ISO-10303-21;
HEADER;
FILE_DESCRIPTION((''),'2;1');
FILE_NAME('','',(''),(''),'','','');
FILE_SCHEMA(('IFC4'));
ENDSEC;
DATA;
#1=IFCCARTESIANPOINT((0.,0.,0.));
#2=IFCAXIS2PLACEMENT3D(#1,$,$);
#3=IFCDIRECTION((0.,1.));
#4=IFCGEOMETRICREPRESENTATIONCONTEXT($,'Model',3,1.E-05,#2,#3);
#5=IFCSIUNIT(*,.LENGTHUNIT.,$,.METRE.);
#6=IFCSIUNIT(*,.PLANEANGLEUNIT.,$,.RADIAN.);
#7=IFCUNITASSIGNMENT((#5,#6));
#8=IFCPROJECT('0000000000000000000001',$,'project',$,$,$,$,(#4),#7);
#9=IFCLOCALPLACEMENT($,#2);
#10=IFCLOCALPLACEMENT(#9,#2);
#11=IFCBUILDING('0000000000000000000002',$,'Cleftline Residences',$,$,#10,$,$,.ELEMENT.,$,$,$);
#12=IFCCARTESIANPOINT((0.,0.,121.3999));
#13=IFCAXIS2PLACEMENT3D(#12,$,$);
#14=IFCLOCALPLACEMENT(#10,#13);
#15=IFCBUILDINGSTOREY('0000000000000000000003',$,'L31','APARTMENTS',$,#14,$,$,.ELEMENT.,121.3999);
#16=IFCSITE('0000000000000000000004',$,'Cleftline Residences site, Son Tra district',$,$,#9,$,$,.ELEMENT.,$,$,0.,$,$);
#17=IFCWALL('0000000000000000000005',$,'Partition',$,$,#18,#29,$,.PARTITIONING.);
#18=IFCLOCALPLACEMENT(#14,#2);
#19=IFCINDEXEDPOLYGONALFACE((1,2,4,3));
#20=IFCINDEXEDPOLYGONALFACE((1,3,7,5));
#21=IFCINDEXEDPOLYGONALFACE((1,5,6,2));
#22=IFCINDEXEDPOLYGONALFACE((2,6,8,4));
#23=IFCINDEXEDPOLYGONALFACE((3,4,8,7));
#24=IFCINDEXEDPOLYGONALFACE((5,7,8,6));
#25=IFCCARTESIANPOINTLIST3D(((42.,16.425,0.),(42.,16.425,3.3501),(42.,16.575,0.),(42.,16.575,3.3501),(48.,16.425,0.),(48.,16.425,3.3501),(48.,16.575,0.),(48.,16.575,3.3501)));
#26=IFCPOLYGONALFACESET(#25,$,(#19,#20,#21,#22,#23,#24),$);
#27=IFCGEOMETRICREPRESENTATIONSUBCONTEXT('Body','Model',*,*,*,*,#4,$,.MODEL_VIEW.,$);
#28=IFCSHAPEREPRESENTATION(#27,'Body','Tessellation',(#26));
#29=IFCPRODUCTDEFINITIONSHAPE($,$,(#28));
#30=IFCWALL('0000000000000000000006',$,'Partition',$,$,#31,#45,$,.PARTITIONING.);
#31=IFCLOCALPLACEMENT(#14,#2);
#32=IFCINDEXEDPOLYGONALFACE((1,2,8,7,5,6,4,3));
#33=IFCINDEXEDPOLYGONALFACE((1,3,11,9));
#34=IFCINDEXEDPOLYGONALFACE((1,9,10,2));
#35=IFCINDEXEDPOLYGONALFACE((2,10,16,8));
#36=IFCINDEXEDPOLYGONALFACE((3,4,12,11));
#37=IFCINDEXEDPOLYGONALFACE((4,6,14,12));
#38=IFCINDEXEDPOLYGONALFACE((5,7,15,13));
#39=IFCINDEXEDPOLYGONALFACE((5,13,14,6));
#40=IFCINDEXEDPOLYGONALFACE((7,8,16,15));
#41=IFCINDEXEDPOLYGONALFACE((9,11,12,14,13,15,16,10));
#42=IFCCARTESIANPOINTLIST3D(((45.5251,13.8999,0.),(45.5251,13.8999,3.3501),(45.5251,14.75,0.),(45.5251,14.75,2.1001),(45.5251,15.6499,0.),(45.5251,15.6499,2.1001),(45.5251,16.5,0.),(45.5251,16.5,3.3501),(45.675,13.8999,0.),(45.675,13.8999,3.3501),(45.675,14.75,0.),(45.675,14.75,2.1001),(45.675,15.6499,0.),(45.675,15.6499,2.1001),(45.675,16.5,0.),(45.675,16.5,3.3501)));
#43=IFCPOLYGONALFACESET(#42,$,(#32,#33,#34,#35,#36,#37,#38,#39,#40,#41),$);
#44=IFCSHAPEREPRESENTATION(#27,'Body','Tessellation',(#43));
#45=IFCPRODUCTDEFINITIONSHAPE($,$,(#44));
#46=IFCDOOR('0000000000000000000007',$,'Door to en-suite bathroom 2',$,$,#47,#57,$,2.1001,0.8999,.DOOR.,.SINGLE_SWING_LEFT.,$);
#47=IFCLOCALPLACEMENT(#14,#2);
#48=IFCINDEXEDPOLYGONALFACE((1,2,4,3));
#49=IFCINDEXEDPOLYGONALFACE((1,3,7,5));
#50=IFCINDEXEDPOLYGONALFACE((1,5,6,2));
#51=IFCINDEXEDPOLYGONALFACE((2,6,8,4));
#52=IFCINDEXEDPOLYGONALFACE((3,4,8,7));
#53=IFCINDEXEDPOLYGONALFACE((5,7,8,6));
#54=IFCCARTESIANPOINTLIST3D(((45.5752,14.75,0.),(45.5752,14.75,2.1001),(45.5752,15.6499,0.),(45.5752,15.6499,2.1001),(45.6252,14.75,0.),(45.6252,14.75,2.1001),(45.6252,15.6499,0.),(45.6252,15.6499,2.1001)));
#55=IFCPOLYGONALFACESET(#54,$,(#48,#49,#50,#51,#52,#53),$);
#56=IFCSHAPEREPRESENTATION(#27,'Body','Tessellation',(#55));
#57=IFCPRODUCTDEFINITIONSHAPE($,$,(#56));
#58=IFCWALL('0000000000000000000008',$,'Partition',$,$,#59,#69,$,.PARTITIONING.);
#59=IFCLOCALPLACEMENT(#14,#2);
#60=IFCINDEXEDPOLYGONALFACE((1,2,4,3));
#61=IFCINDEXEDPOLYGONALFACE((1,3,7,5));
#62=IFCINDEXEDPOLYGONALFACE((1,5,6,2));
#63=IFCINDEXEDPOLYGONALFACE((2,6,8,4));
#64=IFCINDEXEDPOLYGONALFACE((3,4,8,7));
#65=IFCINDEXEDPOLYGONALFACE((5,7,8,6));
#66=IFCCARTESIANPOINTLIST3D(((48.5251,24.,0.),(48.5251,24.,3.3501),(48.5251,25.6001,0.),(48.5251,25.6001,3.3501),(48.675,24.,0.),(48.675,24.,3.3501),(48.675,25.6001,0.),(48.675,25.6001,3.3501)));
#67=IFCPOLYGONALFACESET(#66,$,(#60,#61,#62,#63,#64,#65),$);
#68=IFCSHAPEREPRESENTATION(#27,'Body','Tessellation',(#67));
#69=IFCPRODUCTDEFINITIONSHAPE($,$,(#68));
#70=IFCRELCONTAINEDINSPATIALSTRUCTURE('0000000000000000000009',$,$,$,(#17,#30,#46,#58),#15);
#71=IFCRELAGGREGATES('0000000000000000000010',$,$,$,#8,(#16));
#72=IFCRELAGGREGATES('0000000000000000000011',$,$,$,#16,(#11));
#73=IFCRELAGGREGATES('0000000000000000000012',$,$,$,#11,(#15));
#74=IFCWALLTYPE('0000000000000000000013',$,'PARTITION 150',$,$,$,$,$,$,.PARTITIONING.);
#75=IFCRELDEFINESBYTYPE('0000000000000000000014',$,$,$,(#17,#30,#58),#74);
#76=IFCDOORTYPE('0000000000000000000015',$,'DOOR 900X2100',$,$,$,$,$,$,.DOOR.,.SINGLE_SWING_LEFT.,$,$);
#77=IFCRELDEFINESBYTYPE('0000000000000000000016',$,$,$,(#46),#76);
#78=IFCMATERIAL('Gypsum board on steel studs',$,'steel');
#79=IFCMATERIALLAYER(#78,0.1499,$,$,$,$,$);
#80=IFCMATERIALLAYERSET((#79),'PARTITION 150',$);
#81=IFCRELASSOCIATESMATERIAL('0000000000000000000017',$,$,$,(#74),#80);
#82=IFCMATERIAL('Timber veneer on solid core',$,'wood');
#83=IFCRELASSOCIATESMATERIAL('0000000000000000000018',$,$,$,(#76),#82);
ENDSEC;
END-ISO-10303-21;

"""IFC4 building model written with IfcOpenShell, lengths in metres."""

from ifc_helpers import new_model, si_unit, direction, frame, frame_2d, origin, place, context, subcontext, project, spatial, rectangle, extrude, material, layer, layer_set, type_object, element, fill, save


model = new_model("IFC4")

# Units and contexts
model_context = context("Model", 3, precision=1e-05, world=origin(), true_north=direction((0.0, 1.0)))
body_context = subcontext(model_context, "Body", "Model", "MODEL_VIEW")
ifc_project = project(units=[si_unit("LENGTHUNIT", "METRE"), si_unit("PLANEANGLEUNIT", "RADIAN")], contexts=[model_context])

# Site, building, storey
site_placement = place(None, origin())
site = spatial("IfcSite", under=ifc_project, at=site_placement, Name="Cleftline Residences site, Son Tra district", CompositionType="ELEMENT", RefElevation=0.0)
building_placement = place(site_placement, origin())
building = spatial("IfcBuilding", under=site, at=building_placement, Name="Cleftline Residences", CompositionType="ELEMENT")
storey_placement = place(building_placement, frame((0.0, 0.0, 121.3999)))
storey = spatial("IfcBuildingStorey", under=building, at=storey_placement, Name="L31", Description="APARTMENTS", CompositionType="ELEMENT", Elevation=121.3999)

# Wall
ifc_material_1 = material(Name="Gypsum board on steel studs", Category="steel")
ifc_layer_1 = layer(ifc_material_1, 0.1499)
ifc_layer_set_1 = layer_set([ifc_layer_1], Name="PARTITION 150")
wall_type_1 = type_object("IfcWallType", Name="PARTITION 150", PredefinedType="PARTITIONING", material=ifc_layer_set_1)
wall_1_placement = place(storey_placement, frame((42.0, 16.5, 0.0), z_axis=(0.0, 0.0, 1.0), x_axis=(1.0, 0.0, 0.0)))
element("IfcWall", 1, at=wall_1_placement, inside=storey, type_object=wall_type_1, Name="Partition", PredefinedType="PARTITIONING", context=body_context, shape_type="SweptSolid", body=[
    extrude(rectangle(XDim=6.0, YDim=0.1499, at=frame_2d((3.0, 0.0))), origin(), (0.0, 0.0, 1.0), 3.3501),
])

# Wall, opening, door
wall_2_placement = place(storey_placement, frame((45.6001, 13.8999, 0.0), z_axis=(0.0, 0.0, 1.0), x_axis=(0.0, 1.0, 0.0)))
wall_2 = element("IfcWall", 2, at=wall_2_placement, inside=storey, type_object=wall_type_1, Name="Partition", PredefinedType="PARTITIONING", context=body_context, shape_type="SweptSolid", body=[
    extrude(rectangle(XDim=2.6001, YDim=0.1499, at=frame_2d((1.3, 0.0))), origin(), (0.0, 0.0, 1.0), 3.3501),
])
opening_1_placement = place(wall_2_placement, frame((0.8501, 0.0, 0.0)))
opening_1 = element("IfcOpeningElement", 3, at=opening_1_placement, cuts=wall_2, PredefinedType="OPENING", context=body_context, shape_type="SweptSolid", body=[
    extrude(rectangle(XDim=0.8999, YDim=2.1001, at=frame_2d((0.45, 1.05))), frame((0.0, 0.085, 0.0), z_axis=(0.0, -1.0, 0.0), x_axis=(1.0, 0.0, 0.0)), (0.0, 0.0, 1.0), 0.1699),
])
ifc_material_2 = material(Name="Timber veneer on solid core", Category="wood")
door_type_1 = type_object("IfcDoorType", Name="DOOR 900X2100", OperationType="SINGLE_SWING_LEFT", PredefinedType="DOOR", material=ifc_material_2)
door_1_placement = place(opening_1_placement, origin())
door_1 = element("IfcDoor", 4, at=door_1_placement, inside=storey, type_object=door_type_1, Name="Door to en-suite bathroom 2", OperationType="SINGLE_SWING_LEFT", OverallHeight=2.1001, OverallWidth=0.8999, PredefinedType="DOOR", context=body_context, shape_type="SweptSolid", body=[
    extrude(rectangle(XDim=0.8999, YDim=2.1001, at=frame_2d((0.45, 1.05))), frame((0.0, 0.0249, 0.0), z_axis=(0.0, -1.0, 0.0), x_axis=(1.0, 0.0, 0.0)), (0.0, 0.0, 1.0), 0.05),
])
fill(opening_1, door_1)

# Wall
wall_3_placement = place(storey_placement, frame((48.6001, 24.0, 0.0), z_axis=(0.0, 0.0, 1.0), x_axis=(0.0, 1.0, 0.0)))
element("IfcWall", 5, at=wall_3_placement, inside=storey, type_object=wall_type_1, Name="Partition", PredefinedType="PARTITIONING", context=body_context, shape_type="SweptSolid", body=[
    extrude(rectangle(XDim=1.6001, YDim=0.1499, at=frame_2d((0.8, 0.0))), origin(), (0.0, 0.0, 1.0), 3.3501),
])

save(model, "model.ifc")
